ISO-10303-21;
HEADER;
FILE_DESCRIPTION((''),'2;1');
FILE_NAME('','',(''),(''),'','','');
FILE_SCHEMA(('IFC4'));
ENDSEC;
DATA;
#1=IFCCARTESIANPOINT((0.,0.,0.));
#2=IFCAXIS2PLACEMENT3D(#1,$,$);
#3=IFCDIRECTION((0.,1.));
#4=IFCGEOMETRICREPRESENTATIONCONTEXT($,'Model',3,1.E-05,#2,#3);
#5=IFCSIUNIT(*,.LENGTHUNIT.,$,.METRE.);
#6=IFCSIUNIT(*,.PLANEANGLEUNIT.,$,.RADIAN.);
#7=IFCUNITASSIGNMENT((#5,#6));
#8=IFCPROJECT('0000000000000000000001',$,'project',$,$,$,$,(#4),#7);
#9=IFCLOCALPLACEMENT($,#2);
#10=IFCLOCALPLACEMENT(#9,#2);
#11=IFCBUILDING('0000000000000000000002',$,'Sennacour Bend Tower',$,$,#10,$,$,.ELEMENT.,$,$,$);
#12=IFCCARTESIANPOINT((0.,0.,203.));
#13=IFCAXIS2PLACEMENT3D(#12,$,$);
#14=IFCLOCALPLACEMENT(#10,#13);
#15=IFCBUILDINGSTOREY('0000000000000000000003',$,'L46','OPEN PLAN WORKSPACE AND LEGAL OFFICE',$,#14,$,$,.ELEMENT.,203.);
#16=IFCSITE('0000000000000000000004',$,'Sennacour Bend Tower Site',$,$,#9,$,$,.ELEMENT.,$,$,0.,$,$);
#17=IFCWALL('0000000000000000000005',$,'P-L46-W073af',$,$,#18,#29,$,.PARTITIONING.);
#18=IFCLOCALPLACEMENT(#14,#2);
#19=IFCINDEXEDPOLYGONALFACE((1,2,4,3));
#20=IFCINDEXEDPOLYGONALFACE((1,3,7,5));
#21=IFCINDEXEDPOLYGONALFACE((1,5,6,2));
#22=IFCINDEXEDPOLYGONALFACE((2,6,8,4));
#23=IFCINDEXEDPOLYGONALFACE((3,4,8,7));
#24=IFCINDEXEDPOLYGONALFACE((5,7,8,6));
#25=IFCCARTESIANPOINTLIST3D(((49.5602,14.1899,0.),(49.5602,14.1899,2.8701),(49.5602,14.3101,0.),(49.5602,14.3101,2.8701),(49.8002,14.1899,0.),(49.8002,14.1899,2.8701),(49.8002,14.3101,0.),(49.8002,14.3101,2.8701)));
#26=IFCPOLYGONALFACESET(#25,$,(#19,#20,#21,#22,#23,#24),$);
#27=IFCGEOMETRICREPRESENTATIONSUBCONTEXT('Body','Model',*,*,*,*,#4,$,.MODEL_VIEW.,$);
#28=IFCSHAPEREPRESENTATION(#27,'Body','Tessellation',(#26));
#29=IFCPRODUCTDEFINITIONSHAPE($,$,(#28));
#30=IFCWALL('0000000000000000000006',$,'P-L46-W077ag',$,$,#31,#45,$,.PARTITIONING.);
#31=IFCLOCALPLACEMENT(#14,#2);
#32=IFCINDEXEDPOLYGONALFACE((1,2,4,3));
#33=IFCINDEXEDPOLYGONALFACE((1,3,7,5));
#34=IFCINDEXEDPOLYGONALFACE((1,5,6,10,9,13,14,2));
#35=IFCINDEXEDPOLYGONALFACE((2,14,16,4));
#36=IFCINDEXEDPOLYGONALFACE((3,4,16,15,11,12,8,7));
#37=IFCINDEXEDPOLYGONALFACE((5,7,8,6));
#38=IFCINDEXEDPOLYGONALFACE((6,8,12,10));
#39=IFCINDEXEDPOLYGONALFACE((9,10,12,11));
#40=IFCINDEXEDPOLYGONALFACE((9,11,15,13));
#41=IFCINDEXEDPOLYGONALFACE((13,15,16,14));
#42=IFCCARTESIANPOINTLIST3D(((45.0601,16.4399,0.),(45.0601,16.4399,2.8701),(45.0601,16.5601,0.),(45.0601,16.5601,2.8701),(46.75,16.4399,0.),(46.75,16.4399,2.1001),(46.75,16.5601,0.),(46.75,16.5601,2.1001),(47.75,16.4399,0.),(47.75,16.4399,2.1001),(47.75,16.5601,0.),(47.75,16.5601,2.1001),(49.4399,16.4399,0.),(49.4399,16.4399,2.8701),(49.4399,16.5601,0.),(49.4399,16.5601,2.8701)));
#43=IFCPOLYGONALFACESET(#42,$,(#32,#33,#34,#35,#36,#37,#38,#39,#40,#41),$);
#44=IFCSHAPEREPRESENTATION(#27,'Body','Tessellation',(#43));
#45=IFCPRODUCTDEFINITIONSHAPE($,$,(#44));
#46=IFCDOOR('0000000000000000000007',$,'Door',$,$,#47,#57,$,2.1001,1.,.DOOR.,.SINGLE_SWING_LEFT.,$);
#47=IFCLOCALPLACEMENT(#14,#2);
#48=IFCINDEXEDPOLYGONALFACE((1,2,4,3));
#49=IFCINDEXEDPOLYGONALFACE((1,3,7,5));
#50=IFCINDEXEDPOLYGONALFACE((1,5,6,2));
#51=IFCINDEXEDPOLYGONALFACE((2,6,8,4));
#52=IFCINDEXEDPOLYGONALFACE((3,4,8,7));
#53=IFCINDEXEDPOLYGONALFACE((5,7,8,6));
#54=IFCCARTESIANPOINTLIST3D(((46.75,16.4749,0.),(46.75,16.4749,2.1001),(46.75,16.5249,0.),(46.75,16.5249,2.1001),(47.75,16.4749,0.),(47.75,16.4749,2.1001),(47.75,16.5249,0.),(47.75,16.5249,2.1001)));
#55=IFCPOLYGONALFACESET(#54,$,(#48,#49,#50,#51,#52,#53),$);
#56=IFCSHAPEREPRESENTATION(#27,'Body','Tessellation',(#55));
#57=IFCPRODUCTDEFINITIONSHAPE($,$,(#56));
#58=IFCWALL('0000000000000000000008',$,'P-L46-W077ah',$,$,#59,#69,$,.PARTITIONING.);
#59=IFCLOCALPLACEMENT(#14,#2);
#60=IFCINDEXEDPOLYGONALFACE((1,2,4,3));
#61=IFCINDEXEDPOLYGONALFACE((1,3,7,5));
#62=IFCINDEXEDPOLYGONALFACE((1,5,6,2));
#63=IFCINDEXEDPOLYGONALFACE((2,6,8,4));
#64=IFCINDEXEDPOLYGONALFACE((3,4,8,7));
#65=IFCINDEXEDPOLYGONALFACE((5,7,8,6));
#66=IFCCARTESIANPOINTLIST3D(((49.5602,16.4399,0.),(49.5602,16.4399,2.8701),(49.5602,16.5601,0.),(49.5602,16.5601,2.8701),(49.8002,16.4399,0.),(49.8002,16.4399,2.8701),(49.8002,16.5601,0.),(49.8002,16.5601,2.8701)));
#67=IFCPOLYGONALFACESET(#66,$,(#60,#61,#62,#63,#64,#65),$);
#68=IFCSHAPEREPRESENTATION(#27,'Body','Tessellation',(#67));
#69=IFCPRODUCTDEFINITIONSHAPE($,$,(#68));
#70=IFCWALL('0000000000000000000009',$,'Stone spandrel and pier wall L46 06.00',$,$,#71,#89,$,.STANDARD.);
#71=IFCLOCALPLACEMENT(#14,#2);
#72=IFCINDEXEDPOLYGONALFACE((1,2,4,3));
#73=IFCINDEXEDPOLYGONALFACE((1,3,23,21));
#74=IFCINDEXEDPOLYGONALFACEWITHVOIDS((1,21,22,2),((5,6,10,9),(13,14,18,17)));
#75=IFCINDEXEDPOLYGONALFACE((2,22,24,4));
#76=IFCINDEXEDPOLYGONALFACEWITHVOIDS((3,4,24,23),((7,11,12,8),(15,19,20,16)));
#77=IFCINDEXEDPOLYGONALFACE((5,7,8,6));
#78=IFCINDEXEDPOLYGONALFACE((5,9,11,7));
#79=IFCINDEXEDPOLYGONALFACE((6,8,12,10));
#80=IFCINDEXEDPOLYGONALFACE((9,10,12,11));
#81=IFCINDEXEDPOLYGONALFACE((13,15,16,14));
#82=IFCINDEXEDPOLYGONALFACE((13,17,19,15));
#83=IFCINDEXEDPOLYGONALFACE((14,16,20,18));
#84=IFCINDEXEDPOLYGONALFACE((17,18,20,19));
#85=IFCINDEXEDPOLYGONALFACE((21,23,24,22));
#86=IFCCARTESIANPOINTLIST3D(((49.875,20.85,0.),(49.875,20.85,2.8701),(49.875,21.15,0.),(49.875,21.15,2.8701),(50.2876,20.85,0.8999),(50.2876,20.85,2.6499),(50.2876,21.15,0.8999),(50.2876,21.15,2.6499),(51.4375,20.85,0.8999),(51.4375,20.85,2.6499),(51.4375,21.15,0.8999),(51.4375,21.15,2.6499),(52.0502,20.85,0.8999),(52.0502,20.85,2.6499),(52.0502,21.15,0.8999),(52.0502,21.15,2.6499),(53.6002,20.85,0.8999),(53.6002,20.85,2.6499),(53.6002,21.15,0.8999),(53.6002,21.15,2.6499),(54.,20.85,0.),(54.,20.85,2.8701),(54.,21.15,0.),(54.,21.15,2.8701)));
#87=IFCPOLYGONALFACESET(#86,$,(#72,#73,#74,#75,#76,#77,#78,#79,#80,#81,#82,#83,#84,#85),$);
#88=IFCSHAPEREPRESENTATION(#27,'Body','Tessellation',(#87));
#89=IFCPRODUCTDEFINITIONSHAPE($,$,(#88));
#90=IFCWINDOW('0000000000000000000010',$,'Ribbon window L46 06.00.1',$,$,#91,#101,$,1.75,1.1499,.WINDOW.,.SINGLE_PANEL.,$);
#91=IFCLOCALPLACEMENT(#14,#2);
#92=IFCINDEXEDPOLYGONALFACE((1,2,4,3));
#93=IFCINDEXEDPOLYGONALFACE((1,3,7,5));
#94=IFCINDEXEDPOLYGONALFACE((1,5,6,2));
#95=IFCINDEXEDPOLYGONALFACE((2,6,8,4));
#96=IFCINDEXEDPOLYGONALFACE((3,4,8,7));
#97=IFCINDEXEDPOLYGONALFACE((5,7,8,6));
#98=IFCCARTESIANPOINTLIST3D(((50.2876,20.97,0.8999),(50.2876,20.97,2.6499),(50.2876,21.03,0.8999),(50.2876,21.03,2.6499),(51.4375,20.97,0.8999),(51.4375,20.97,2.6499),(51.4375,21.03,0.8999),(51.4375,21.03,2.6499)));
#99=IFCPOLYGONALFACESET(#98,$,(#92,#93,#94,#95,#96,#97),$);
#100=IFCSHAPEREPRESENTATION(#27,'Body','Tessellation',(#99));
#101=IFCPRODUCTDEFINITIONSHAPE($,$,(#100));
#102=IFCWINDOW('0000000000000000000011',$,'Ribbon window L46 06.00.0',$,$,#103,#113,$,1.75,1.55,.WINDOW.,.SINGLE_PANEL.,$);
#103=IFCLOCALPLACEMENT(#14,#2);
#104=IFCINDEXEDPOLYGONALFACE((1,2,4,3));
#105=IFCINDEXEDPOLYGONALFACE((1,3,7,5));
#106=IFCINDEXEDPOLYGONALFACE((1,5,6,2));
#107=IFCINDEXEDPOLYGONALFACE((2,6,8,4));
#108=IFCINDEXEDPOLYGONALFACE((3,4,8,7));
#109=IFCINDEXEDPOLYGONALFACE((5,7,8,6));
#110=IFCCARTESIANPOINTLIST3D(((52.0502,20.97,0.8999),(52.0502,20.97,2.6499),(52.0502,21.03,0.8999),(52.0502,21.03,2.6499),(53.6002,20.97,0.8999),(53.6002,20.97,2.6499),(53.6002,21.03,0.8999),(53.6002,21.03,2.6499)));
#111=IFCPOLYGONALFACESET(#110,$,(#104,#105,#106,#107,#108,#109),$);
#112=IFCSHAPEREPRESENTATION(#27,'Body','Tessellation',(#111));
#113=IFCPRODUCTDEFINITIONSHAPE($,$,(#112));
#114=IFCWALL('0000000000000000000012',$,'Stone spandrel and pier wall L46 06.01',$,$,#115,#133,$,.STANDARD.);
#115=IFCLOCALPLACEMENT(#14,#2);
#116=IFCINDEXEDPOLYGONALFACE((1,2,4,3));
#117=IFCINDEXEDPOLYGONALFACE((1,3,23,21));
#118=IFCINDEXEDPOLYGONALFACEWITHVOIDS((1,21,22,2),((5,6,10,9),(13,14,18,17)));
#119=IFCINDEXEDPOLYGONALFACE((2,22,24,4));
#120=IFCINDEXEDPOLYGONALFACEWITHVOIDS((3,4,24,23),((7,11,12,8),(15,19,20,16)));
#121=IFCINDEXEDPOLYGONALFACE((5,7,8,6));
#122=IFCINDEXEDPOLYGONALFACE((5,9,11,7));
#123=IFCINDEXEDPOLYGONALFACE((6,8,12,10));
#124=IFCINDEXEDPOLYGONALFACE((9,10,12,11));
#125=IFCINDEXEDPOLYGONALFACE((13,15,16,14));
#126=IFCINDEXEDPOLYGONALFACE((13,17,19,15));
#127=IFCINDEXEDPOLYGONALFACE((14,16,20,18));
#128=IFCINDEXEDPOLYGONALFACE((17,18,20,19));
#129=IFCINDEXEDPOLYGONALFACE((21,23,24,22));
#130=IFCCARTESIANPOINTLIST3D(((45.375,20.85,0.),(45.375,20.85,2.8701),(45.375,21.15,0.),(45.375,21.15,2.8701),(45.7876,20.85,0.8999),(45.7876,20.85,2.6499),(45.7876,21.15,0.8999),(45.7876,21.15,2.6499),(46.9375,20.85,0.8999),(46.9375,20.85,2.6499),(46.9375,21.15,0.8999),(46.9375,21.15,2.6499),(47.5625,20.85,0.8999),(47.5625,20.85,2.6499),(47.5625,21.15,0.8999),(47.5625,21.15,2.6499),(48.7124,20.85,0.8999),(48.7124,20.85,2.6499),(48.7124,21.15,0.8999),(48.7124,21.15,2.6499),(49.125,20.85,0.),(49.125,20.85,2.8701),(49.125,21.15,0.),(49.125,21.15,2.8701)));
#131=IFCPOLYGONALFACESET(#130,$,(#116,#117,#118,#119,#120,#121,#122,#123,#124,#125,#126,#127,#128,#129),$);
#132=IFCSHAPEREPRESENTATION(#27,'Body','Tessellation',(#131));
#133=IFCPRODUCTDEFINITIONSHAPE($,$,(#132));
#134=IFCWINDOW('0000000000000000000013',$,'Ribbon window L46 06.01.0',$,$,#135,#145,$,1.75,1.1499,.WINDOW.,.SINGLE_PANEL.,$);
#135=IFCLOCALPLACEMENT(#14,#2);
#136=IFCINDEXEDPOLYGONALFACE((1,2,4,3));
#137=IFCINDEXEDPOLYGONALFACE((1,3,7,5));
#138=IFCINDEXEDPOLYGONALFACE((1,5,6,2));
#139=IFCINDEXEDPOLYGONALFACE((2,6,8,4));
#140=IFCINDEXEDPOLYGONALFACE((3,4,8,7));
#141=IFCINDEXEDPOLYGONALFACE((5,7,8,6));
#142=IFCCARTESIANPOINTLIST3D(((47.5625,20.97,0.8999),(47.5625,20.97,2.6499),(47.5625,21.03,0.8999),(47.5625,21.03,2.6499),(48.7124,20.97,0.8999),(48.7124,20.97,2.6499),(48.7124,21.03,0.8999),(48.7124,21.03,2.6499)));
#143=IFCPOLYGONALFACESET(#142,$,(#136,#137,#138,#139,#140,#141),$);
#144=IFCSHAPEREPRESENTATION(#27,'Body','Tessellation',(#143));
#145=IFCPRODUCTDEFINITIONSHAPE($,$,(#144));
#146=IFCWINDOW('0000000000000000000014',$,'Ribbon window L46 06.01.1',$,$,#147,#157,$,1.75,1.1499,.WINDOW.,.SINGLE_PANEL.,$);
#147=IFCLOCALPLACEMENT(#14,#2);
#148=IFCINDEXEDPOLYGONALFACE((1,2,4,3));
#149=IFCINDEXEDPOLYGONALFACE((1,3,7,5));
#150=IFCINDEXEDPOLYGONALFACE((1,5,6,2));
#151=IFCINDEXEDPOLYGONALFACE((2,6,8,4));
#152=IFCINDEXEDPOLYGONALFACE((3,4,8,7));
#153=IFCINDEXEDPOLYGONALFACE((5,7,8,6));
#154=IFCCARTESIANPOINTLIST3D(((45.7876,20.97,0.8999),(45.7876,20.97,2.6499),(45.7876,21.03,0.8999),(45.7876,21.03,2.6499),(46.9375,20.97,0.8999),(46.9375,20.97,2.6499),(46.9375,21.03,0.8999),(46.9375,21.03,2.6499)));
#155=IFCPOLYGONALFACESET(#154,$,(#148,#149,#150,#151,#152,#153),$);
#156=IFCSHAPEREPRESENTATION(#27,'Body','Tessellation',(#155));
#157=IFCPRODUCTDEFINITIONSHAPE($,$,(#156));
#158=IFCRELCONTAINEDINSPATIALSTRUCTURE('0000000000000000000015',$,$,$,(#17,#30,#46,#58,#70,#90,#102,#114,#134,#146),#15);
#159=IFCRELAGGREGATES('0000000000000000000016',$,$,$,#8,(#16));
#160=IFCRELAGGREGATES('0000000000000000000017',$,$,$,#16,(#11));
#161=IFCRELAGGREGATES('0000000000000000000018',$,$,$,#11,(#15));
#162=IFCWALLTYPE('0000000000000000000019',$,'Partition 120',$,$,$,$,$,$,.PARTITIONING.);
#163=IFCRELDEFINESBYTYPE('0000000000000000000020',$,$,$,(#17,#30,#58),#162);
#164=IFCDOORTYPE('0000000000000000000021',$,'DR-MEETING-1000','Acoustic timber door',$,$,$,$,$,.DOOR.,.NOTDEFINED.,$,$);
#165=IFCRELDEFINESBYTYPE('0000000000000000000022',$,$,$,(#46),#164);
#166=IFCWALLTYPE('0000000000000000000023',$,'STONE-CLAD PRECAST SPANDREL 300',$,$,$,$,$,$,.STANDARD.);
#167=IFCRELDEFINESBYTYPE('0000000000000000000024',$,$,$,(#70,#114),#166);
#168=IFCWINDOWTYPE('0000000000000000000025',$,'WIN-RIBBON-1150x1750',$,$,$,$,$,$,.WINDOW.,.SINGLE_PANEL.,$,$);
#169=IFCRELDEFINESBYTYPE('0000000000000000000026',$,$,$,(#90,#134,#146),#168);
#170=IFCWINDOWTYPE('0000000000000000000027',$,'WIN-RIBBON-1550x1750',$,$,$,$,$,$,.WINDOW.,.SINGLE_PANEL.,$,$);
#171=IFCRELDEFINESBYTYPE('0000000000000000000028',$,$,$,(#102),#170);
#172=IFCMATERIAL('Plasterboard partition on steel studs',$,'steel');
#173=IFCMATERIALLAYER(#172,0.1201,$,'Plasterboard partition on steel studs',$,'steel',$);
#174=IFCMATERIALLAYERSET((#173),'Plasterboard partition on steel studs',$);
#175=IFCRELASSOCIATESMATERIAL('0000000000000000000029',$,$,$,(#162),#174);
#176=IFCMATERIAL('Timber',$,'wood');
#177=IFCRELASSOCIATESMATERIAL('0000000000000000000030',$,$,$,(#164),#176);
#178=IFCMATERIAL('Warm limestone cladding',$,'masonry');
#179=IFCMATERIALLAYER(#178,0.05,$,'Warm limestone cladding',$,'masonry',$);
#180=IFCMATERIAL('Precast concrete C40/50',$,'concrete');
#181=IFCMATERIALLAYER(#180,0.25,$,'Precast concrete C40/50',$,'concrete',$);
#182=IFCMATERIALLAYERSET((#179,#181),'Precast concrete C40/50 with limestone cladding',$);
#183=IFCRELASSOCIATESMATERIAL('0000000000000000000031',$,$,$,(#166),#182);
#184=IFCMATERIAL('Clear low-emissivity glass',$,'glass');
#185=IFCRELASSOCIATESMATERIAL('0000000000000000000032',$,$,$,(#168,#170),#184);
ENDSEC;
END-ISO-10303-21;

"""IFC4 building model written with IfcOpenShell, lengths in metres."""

from ifc_helpers import new_model, si_unit, direction, frame, frame_2d, origin, place, context, subcontext, project, spatial, rectangle, extrude, material, layer, layer_set, type_object, element, fill, save


model = new_model("IFC4")

# Units and contexts
model_context = context("Model", 3, precision=1e-05, world=origin(), true_north=direction((0.0, 1.0)))
body_context = subcontext(model_context, "Body", "Model", "MODEL_VIEW")
ifc_project = project(units=[si_unit("LENGTHUNIT", "METRE"), si_unit("PLANEANGLEUNIT", "RADIAN")], contexts=[model_context])

# Site, building, storey
site_placement = place(None, origin())
site = spatial("IfcSite", under=ifc_project, at=site_placement, Name="Sennacour Bend Tower Site", CompositionType="ELEMENT", RefElevation=0.0)
building_placement = place(site_placement, origin())
building = spatial("IfcBuilding", under=site, at=building_placement, Name="Sennacour Bend Tower", CompositionType="ELEMENT")
storey_placement = place(building_placement, frame((0.0, 0.0, 203.0)))
storey = spatial("IfcBuildingStorey", under=building, at=storey_placement, Name="L46", Description="OPEN PLAN WORKSPACE AND LEGAL OFFICE", CompositionType="ELEMENT", Elevation=203.0)

# Wall
ifc_material_1 = material(Name="Plasterboard partition on steel studs", Category="steel")
ifc_layer_1 = layer(ifc_material_1, 0.1201, Name="Plasterboard partition on steel studs", Category="steel")
ifc_layer_set_1 = layer_set([ifc_layer_1], Name="Plasterboard partition on steel studs")
wall_type_1 = type_object("IfcWallType", Name="Partition 120", PredefinedType="PARTITIONING", material=ifc_layer_set_1)
wall_1_placement = place(storey_placement, frame((49.5601, 14.25, 0.0), z_axis=(0.0, 0.0, 1.0), x_axis=(1.0, 0.0, 0.0)))
element("IfcWall", 1, at=wall_1_placement, inside=storey, type_object=wall_type_1, Name="P-L46-W073af", PredefinedType="PARTITIONING", context=body_context, shape_type="SweptSolid", body=[
    extrude(rectangle(XDim=0.24, YDim=0.1201, at=frame_2d((0.1201, 0.0))), origin(), (0.0, 0.0, 1.0), 2.8701),
])

# Wall, opening, door
wall_2_placement = place(storey_placement, frame((45.0601, 16.5, 0.0), z_axis=(0.0, 0.0, 1.0), x_axis=(1.0, 0.0, 0.0)))
wall_2 = element("IfcWall", 2, at=wall_2_placement, inside=storey, type_object=wall_type_1, Name="P-L46-W077ag", PredefinedType="PARTITIONING", context=body_context, shape_type="SweptSolid", body=[
    extrude(rectangle(XDim=4.3799, YDim=0.1201, at=frame_2d((2.1899, 0.0))), origin(), (0.0, 0.0, 1.0), 2.8701),
])
opening_1_placement = place(wall_2_placement, frame((1.6899, 0.0, 0.0)))
opening_1 = element("IfcOpeningElement", 3, at=opening_1_placement, cuts=wall_2, PredefinedType="OPENING", context=body_context, shape_type="SweptSolid", body=[
    extrude(rectangle(XDim=1.0, YDim=2.1001, at=frame_2d((0.5, 1.05))), frame((0.0, 0.0701, 0.0), z_axis=(0.0, -1.0, 0.0), x_axis=(1.0, 0.0, 0.0)), (0.0, 0.0, 1.0), 0.1401),
])
ifc_material_2 = material(Name="Timber", Category="wood")
door_type_1 = type_object("IfcDoorType", Name="DR-MEETING-1000", Description="Acoustic timber door", OperationType="NOTDEFINED", PredefinedType="DOOR", material=ifc_material_2)
door_1_placement = place(opening_1_placement, origin())
door_1 = element("IfcDoor", 4, at=door_1_placement, inside=storey, type_object=door_type_1, Name="Door", OperationType="SINGLE_SWING_LEFT", OverallHeight=2.1001, OverallWidth=1.0, PredefinedType="DOOR", context=body_context, shape_type="SweptSolid", body=[
    extrude(rectangle(XDim=1.0, YDim=2.1001, at=frame_2d((0.5, 1.05))), frame((0.0, 0.0249, 0.0), z_axis=(0.0, -1.0, 0.0), x_axis=(1.0, 0.0, 0.0)), (0.0, 0.0, 1.0), 0.05),
])
fill(opening_1, door_1)

# Wall
wall_3_placement = place(storey_placement, frame((49.5601, 16.5, 0.0), z_axis=(0.0, 0.0, 1.0), x_axis=(1.0, 0.0, 0.0)))
element("IfcWall", 5, at=wall_3_placement, inside=storey, type_object=wall_type_1, Name="P-L46-W077ah", PredefinedType="PARTITIONING", context=body_context, shape_type="SweptSolid", body=[
    extrude(rectangle(XDim=0.24, YDim=0.1201, at=frame_2d((0.1201, 0.0))), origin(), (0.0, 0.0, 1.0), 2.8701),
])

# Walls, openings, windows
ifc_material_3 = material(Name="Warm limestone cladding", Category="masonry")
ifc_layer_2 = layer(ifc_material_3, 0.05, Name="Warm limestone cladding", Category="masonry")
ifc_material_4 = material(Name="Precast concrete C40/50", Category="concrete")
ifc_layer_3 = layer(ifc_material_4, 0.25, Name="Precast concrete C40/50", Category="concrete")
ifc_layer_set_2 = layer_set([ifc_layer_2, ifc_layer_3], Name="Precast concrete C40/50 with limestone cladding")
wall_type_2 = type_object("IfcWallType", Name="STONE-CLAD PRECAST SPANDREL 300", PredefinedType="STANDARD", material=ifc_layer_set_2)
wall_4_placement = place(storey_placement, frame((54.0, 21.0, 0.0), z_axis=(0.0, 0.0, 1.0), x_axis=(-1.0, 0.0, 0.0)))
wall_4 = element("IfcWall", 6, at=wall_4_placement, inside=storey, type_object=wall_type_2, Name="Stone spandrel and pier wall L46 06.00", PredefinedType="STANDARD", context=body_context, shape_type="SweptSolid", body=[
    extrude(rectangle(XDim=4.125, YDim=0.3, at=frame_2d((2.0625, 0.0))), origin(), (0.0, 0.0, 1.0), 2.8701),
])
opening_2_placement = place(wall_4_placement, frame((0.3999, 0.0, 0.8999)))
opening_2 = element("IfcOpeningElement", 7, at=opening_2_placement, cuts=wall_4, PredefinedType="OPENING", context=body_context, shape_type="SweptSolid", body=[
    extrude(rectangle(XDim=1.55, YDim=1.75, at=frame_2d((0.7749, 0.875))), frame((0.0, 0.1602, 0.0), z_axis=(0.0, -1.0, 0.0), x_axis=(1.0, 0.0, 0.0)), (0.0, 0.0, 1.0), 0.3201),
])
opening_3_placement = place(wall_4_placement, frame((2.5625, 0.0, 0.8999)))
opening_3 = element("IfcOpeningElement", 8, at=opening_3_placement, cuts=wall_4, PredefinedType="OPENING", context=body_context, shape_type="SweptSolid", body=[
    extrude(rectangle(XDim=1.1499, YDim=1.75, at=frame_2d((0.575, 0.875))), frame((0.0, 0.1602, 0.0), z_axis=(0.0, -1.0, 0.0), x_axis=(1.0, 0.0, 0.0)), (0.0, 0.0, 1.0), 0.3201),
])
ifc_material_5 = material(Name="Clear low-emissivity glass", Category="glass")
window_type_1 = type_object("IfcWindowType", Name="WIN-RIBBON-1150x1750", PartitioningType="SINGLE_PANEL", PredefinedType="WINDOW", material=ifc_material_5)
window_1_placement = place(opening_3_placement, origin())
window_1 = element("IfcWindow", 9, at=window_1_placement, inside=storey, type_object=window_type_1, Name="Ribbon window L46 06.00.1", OverallHeight=1.75, OverallWidth=1.1499, PartitioningType="SINGLE_PANEL", PredefinedType="WINDOW", context=body_context, shape_type="SweptSolid", body=[
    extrude(rectangle(XDim=1.1499, YDim=1.75, at=frame_2d((0.575, 0.875))), frame((0.0, 0.03, 0.0), z_axis=(0.0, -1.0, 0.0), x_axis=(1.0, 0.0, 0.0)), (0.0, 0.0, 1.0), 0.0601),
])
fill(opening_3, window_1)
window_type_2 = type_object("IfcWindowType", Name="WIN-RIBBON-1550x1750", PartitioningType="SINGLE_PANEL", PredefinedType="WINDOW", material=ifc_material_5)
window_2_placement = place(opening_2_placement, origin())
window_2 = element("IfcWindow", 10, at=window_2_placement, inside=storey, type_object=window_type_2, Name="Ribbon window L46 06.00.0", OverallHeight=1.75, OverallWidth=1.55, PartitioningType="SINGLE_PANEL", PredefinedType="WINDOW", context=body_context, shape_type="SweptSolid", body=[
    extrude(rectangle(XDim=1.55, YDim=1.75, at=frame_2d((0.7749, 0.875))), frame((0.0, 0.03, 0.0), z_axis=(0.0, -1.0, 0.0), x_axis=(1.0, 0.0, 0.0)), (0.0, 0.0, 1.0), 0.0601),
])
fill(opening_2, window_2)
wall_5_placement = place(storey_placement, frame((49.125, 21.0, 0.0), z_axis=(0.0, 0.0, 1.0), x_axis=(-1.0, 0.0, 0.0)))
wall_5 = element("IfcWall", 11, at=wall_5_placement, inside=storey, type_object=wall_type_2, Name="Stone spandrel and pier wall L46 06.01", PredefinedType="STANDARD", context=body_context, shape_type="SweptSolid", body=[
    extrude(rectangle(XDim=3.75, YDim=0.3, at=frame_2d((1.875, 0.0))), origin(), (0.0, 0.0, 1.0), 2.8701),
])
opening_4_placement = place(wall_5_placement, frame((0.4126, 0.0, 0.8999)))
opening_4 = element("IfcOpeningElement", 12, at=opening_4_placement, cuts=wall_5, PredefinedType="OPENING", context=body_context, shape_type="SweptSolid", body=[
    extrude(rectangle(XDim=1.1499, YDim=1.75, at=frame_2d((0.575, 0.875))), frame((0.0, 0.1602, 0.0), z_axis=(0.0, -1.0, 0.0), x_axis=(1.0, 0.0, 0.0)), (0.0, 0.0, 1.0), 0.3201),
])
opening_5_placement = place(wall_5_placement, frame((2.1875, 0.0, 0.8999)))
opening_5 = element("IfcOpeningElement", 13, at=opening_5_placement, cuts=wall_5, PredefinedType="OPENING", context=body_context, shape_type="SweptSolid", body=[
    extrude(rectangle(XDim=1.1499, YDim=1.75, at=frame_2d((0.575, 0.875))), frame((0.0, 0.1602, 0.0), z_axis=(0.0, -1.0, 0.0), x_axis=(1.0, 0.0, 0.0)), (0.0, 0.0, 1.0), 0.3201),
])
window_3_placement = place(opening_4_placement, origin())
window_3 = element("IfcWindow", 14, at=window_3_placement, inside=storey, type_object=window_type_1, Name="Ribbon window L46 06.01.0", OverallHeight=1.75, OverallWidth=1.1499, PartitioningType="SINGLE_PANEL", PredefinedType="WINDOW", context=body_context, shape_type="SweptSolid", body=[
    extrude(rectangle(XDim=1.1499, YDim=1.75, at=frame_2d((0.575, 0.875))), frame((0.0, 0.03, 0.0), z_axis=(0.0, -1.0, 0.0), x_axis=(1.0, 0.0, 0.0)), (0.0, 0.0, 1.0), 0.0601),
])
fill(opening_4, window_3)
window_4_placement = place(opening_5_placement, origin())
window_4 = element("IfcWindow", 15, at=window_4_placement, inside=storey, type_object=window_type_1, Name="Ribbon window L46 06.01.1", OverallHeight=1.75, OverallWidth=1.1499, PartitioningType="SINGLE_PANEL", PredefinedType="WINDOW", context=body_context, shape_type="SweptSolid", body=[
    extrude(rectangle(XDim=1.1499, YDim=1.75, at=frame_2d((0.575, 0.875))), frame((0.0, 0.03, 0.0), z_axis=(0.0, -1.0, 0.0), x_axis=(1.0, 0.0, 0.0)), (0.0, 0.0, 1.0), 0.0601),
])
fill(opening_5, window_4)

save(model, "model.ifc")
